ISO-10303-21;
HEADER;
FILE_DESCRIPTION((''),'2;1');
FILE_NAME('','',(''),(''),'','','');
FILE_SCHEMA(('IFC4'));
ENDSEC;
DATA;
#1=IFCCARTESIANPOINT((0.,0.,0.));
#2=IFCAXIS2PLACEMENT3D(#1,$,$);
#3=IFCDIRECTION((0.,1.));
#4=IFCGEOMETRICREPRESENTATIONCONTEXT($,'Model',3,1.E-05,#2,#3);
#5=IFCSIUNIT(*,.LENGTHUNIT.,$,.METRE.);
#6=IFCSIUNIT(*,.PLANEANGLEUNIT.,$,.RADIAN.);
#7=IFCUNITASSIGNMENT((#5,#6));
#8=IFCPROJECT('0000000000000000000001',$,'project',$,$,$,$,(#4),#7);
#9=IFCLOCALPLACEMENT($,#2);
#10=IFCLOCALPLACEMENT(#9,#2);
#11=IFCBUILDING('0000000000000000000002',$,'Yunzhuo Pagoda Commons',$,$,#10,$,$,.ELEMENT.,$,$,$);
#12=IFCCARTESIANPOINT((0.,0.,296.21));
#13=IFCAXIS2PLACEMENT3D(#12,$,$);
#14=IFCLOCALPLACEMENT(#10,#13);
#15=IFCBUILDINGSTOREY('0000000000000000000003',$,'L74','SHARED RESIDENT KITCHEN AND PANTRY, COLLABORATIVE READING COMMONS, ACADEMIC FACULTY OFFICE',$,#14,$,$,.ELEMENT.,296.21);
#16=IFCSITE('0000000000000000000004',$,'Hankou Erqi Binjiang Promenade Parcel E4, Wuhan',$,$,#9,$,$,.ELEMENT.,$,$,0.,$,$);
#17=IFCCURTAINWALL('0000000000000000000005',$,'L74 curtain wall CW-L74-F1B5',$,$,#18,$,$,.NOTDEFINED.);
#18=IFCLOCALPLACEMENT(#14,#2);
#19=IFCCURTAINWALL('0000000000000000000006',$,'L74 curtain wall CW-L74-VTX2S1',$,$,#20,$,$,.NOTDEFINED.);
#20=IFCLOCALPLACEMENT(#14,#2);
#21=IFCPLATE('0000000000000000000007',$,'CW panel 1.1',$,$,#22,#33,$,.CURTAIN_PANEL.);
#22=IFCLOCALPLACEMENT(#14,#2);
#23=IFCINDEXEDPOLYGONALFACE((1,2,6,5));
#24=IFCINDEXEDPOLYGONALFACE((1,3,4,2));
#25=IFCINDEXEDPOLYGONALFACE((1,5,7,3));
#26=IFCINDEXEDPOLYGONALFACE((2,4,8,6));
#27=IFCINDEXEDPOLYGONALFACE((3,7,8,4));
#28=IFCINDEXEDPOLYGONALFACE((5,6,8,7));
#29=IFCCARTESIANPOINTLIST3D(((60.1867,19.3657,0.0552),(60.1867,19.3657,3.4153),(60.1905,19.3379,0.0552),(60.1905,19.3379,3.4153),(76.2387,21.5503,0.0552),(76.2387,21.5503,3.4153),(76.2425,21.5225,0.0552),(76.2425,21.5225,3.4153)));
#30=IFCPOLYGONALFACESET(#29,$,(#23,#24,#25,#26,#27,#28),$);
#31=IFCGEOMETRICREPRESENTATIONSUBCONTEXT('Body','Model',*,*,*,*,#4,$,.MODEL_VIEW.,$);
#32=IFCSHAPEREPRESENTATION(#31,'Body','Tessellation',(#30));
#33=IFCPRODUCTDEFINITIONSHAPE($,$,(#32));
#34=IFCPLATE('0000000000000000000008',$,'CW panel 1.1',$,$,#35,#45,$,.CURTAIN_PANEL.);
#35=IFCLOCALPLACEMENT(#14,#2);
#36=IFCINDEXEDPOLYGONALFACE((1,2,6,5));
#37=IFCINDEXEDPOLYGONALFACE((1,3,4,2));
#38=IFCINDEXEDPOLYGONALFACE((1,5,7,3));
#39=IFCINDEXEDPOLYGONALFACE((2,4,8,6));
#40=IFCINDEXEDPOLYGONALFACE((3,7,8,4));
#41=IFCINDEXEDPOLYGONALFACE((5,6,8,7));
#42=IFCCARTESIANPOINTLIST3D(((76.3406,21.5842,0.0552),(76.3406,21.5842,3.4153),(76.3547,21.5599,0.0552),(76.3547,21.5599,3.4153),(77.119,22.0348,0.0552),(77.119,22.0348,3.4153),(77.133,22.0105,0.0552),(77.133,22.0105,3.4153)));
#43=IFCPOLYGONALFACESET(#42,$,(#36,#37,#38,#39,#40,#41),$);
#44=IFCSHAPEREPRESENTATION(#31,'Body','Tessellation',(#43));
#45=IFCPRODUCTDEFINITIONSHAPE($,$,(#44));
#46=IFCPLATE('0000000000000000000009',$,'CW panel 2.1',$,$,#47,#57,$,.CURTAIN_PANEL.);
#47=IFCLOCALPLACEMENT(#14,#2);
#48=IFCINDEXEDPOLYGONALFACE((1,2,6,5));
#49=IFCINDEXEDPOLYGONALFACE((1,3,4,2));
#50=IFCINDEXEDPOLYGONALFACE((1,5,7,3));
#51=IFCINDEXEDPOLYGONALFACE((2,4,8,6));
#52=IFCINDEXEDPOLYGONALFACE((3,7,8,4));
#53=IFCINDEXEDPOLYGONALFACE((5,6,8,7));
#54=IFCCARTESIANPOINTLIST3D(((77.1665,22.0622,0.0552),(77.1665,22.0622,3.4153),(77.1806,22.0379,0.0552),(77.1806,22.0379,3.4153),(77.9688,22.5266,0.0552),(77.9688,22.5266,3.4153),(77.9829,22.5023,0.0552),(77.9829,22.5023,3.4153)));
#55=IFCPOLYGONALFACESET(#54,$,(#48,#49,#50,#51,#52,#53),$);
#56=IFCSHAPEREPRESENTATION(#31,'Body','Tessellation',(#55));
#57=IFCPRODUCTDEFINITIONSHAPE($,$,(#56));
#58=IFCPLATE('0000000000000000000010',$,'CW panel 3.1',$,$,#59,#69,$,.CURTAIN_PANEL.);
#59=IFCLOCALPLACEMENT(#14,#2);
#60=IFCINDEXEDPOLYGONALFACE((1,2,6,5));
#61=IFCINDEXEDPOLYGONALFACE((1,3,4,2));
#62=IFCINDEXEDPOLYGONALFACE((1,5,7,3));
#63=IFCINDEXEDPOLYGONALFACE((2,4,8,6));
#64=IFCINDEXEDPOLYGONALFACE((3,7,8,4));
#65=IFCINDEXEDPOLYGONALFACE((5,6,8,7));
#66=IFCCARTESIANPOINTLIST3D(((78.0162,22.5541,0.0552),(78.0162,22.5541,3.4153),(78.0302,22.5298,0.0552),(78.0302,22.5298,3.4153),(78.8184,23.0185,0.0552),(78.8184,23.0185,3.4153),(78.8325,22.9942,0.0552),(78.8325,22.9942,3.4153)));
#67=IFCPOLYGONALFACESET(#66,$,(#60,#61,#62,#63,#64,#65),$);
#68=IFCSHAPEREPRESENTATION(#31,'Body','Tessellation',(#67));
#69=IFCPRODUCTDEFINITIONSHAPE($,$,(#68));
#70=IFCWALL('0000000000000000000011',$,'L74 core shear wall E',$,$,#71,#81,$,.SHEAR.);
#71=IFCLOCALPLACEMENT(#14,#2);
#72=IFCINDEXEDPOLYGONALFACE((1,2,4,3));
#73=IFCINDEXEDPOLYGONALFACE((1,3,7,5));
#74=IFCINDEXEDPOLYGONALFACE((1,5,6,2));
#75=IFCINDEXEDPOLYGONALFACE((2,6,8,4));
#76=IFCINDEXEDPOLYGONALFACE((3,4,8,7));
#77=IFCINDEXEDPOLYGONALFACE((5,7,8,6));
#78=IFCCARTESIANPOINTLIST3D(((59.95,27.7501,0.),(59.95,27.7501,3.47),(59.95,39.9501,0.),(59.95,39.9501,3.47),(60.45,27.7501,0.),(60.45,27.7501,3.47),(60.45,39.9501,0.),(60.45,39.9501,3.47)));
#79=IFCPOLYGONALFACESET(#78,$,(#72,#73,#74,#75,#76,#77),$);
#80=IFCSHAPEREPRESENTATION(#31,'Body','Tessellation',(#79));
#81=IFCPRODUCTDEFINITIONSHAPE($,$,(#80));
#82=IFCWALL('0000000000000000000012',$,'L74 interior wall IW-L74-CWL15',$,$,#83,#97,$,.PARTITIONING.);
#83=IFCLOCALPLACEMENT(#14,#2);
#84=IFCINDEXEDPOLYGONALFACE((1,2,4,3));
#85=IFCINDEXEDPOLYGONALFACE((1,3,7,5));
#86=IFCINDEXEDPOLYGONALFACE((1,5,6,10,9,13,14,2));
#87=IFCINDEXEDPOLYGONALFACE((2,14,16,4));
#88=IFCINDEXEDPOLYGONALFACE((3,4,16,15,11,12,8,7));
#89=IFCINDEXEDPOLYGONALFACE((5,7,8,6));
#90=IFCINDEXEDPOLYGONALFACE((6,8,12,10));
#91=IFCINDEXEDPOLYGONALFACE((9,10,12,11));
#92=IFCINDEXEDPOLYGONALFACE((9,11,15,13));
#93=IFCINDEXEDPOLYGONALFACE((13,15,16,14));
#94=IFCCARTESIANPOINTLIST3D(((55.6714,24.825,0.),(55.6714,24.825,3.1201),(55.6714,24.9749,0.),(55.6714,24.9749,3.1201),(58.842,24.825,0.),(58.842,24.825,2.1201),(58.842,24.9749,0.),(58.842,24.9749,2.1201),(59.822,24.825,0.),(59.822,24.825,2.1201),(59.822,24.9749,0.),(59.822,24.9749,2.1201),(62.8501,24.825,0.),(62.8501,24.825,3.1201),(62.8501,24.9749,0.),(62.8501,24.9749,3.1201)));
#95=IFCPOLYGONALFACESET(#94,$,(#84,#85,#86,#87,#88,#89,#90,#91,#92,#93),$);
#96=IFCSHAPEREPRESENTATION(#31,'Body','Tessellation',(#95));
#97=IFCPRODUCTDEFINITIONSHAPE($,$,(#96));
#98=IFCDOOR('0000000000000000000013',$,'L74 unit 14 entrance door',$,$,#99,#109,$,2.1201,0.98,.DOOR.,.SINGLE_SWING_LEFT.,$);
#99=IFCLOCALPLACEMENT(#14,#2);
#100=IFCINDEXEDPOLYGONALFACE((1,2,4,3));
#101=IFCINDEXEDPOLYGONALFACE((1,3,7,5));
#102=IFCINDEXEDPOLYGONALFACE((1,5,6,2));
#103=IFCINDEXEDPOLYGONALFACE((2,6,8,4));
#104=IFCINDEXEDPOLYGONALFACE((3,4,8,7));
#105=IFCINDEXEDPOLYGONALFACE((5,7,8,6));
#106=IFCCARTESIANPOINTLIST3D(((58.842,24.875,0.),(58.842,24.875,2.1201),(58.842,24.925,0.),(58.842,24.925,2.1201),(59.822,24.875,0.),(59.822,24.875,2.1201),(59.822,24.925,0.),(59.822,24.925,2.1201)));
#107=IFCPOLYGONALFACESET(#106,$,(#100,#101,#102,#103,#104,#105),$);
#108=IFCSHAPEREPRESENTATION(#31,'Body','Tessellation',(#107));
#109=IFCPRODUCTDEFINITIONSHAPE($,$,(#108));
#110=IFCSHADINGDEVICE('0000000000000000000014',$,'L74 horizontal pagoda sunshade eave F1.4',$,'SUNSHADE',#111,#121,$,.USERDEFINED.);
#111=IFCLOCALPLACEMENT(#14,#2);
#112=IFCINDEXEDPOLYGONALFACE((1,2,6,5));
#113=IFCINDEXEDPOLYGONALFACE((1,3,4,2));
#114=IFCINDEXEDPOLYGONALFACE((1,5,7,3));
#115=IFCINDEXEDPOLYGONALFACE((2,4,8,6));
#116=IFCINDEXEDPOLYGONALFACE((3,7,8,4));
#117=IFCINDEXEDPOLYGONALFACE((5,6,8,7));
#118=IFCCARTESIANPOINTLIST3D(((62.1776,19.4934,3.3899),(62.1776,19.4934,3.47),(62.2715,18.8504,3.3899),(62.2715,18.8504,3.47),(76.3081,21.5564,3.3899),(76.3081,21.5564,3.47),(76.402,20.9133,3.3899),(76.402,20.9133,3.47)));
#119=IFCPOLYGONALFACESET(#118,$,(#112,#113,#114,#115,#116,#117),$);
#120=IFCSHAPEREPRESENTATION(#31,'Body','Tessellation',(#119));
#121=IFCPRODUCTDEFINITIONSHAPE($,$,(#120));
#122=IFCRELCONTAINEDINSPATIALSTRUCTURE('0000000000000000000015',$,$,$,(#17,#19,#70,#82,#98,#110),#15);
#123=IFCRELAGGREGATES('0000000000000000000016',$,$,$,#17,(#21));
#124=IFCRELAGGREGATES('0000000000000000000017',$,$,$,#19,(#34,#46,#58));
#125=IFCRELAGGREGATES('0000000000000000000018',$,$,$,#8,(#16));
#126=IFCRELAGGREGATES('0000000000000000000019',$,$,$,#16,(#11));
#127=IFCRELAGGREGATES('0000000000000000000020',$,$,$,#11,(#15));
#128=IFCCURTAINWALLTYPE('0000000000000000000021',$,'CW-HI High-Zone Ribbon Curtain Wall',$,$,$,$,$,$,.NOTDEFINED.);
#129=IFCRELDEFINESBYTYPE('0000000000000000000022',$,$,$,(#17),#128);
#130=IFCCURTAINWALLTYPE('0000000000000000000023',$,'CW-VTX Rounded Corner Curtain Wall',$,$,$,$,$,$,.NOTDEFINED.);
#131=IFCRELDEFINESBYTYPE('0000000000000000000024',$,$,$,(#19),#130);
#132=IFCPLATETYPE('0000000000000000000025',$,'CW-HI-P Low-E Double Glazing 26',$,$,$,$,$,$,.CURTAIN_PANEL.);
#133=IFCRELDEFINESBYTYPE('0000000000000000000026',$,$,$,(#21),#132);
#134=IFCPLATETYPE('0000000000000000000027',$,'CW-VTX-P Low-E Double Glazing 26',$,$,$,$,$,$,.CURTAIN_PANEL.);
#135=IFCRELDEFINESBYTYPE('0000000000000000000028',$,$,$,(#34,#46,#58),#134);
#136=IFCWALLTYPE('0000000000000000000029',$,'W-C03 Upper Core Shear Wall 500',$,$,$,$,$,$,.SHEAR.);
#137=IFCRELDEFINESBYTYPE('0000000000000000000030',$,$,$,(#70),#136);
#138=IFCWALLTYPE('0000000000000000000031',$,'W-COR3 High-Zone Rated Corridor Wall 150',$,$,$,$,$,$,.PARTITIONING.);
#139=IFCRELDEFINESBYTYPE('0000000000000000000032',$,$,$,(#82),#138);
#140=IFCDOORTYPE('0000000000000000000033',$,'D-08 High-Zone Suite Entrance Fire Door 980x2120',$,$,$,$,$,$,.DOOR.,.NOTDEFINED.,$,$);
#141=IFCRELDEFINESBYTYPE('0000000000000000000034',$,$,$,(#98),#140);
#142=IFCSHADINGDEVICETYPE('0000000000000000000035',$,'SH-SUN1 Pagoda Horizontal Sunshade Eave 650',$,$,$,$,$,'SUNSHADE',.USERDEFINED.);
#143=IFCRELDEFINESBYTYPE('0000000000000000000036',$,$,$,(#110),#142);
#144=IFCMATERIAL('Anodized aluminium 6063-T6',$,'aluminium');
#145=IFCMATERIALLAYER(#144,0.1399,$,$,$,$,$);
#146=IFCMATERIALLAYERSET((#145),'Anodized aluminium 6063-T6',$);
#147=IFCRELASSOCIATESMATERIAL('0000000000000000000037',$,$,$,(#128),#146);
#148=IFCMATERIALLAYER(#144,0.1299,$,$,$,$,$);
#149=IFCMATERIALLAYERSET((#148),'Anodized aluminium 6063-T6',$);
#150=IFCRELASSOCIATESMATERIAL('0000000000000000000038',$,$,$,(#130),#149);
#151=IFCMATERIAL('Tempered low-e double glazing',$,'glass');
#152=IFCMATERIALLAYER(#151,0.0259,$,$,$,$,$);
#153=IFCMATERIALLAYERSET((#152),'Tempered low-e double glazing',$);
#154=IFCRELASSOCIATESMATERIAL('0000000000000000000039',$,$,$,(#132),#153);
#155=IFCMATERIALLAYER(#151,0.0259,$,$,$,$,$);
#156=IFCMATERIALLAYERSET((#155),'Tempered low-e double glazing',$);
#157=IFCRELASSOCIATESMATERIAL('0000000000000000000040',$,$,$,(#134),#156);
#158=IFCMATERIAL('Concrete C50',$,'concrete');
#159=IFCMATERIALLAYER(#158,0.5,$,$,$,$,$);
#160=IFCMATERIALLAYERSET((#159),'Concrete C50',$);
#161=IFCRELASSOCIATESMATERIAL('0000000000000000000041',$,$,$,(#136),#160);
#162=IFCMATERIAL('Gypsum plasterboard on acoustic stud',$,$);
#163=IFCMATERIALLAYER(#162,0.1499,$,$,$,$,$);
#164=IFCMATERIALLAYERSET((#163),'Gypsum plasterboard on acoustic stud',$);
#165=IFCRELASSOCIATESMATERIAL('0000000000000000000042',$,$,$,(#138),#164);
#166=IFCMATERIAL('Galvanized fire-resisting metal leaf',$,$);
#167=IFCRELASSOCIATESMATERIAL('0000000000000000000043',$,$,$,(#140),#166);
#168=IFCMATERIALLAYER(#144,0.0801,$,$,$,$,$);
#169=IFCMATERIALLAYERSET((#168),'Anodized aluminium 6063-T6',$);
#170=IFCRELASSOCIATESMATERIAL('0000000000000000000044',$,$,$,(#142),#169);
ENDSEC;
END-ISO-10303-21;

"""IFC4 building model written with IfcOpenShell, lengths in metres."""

from ifc_helpers import new_model, si_unit, direction, frame, frame_2d, origin, origin_with_axes, origin_2d, place, context, subcontext, project, spatial, rectangle, extrude, source, transform, mapped, material, layer, layer_set, type_object, element, fill, aggregate, save


model = new_model("IFC4")

# Units and contexts
model_context = context("Model", 3, precision=1e-05, world=origin(), true_north=direction((0.0, 1.0)))
body_context = subcontext(model_context, "Body", "Model", "MODEL_VIEW")
ifc_project = project(units=[si_unit("LENGTHUNIT", "METRE"), si_unit("PLANEANGLEUNIT", "RADIAN")], contexts=[model_context])

# Site, building, storey
site_placement = place(None, origin())
site = spatial("IfcSite", under=ifc_project, at=site_placement, Name="Hankou Erqi Binjiang Promenade Parcel E4, Wuhan", CompositionType="ELEMENT", RefElevation=0.0)
building_placement = place(site_placement, origin())
building = spatial("IfcBuilding", under=site, at=building_placement, Name="Yunzhuo Pagoda Commons", CompositionType="ELEMENT")
storey_placement = place(building_placement, frame((0.0, 0.0, 296.21)))
storey = spatial("IfcBuildingStorey", under=building, at=storey_placement, Name="L74", Description="SHARED RESIDENT KITCHEN AND PANTRY, COLLABORATIVE READING COMMONS, ACADEMIC FACULTY OFFICE", CompositionType="ELEMENT", Elevation=296.21)

# Shared definitions
ifc_material_1 = material(Name="Anodized aluminium 6063-T6", Category="aluminium")
ifc_layer_1 = layer(ifc_material_1, 0.1399)
ifc_layer_set_1 = layer_set([ifc_layer_1], Name="Anodized aluminium 6063-T6")
curtain_wall_type_1 = type_object("IfcCurtainWallType", Name="CW-HI High-Zone Ribbon Curtain Wall", PredefinedType="NOTDEFINED", material=ifc_layer_set_1)

# Curtain walls
curtain_wall_1_placement = place(storey_placement, origin())
curtain_wall_1 = element("IfcCurtainWall", 1, at=curtain_wall_1_placement, inside=storey, type_object=curtain_wall_type_1, Name="L74 curtain wall CW-L74-F1B5", PredefinedType="NOTDEFINED")
ifc_layer_2 = layer(ifc_material_1, 0.1299)
ifc_layer_set_2 = layer_set([ifc_layer_2], Name="Anodized aluminium 6063-T6")
curtain_wall_type_2 = type_object("IfcCurtainWallType", Name="CW-VTX Rounded Corner Curtain Wall", PredefinedType="NOTDEFINED", material=ifc_layer_set_2)
curtain_wall_2_placement = place(storey_placement, origin())
curtain_wall_2 = element("IfcCurtainWall", 2, at=curtain_wall_2_placement, inside=storey, type_object=curtain_wall_type_2, Name="L74 curtain wall CW-L74-VTX2S1", PredefinedType="NOTDEFINED")

# Plates
ifc_material_2 = material(Name="Tempered low-e double glazing", Category="glass")
ifc_layer_3 = layer(ifc_material_2, 0.0259)
ifc_layer_set_3 = layer_set([ifc_layer_3], Name="Tempered low-e double glazing")
plate_type_1 = type_object("IfcPlateType", Name="CW-HI-P Low-E Double Glazing 26", PredefinedType="CURTAIN_PANEL", material=ifc_layer_set_3)
shared_shape_1 = source(origin(), body_context, "Body", "SweptSolid", [
    extrude(rectangle(XDim=16.2, YDim=0.0281, at=origin_2d()), origin(), (0.0, 0.0, 1.0), 3.3601),
])
plate_1_placement = place(storey_placement, frame((68.2146, 20.4441, 0.0552), z_axis=(0.0, 0.0, 1.0), x_axis=(0.990865, 0.134854, 0.0)))
plate_1 = element("IfcPlate", 3, at=plate_1_placement, type_object=plate_type_1, Name="CW panel 1.1", PredefinedType="CURTAIN_PANEL", context=body_context, shape_type="MappedRepresentation", body=[
    mapped(shared_shape_1, transform((0.0, 0.0, 0.0), scale=1.0)),
])
aggregate(curtain_wall_1, [plate_1])
ifc_layer_4 = layer(ifc_material_2, 0.0259)
ifc_layer_set_4 = layer_set([ifc_layer_4], Name="Tempered low-e double glazing")
plate_type_2 = type_object("IfcPlateType", Name="CW-VTX-P Low-E Double Glazing 26", PredefinedType="CURTAIN_PANEL", material=ifc_layer_set_4)
shared_shape_2 = source(origin(), body_context, "Body", "SweptSolid", [
    extrude(rectangle(XDim=0.8994, YDim=0.0281, at=origin_2d()), origin(), (0.0, 0.0, 1.0), 3.3601),
])
plate_2_placement = place(storey_placement, frame((76.7368, 21.7974, 0.0552), z_axis=(0.0, 0.0, 1.0), x_axis=(0.865437, 0.501017, 0.0)))
plate_2 = element("IfcPlate", 4, at=plate_2_placement, type_object=plate_type_2, Name="CW panel 1.1", PredefinedType="CURTAIN_PANEL", context=body_context, shape_type="MappedRepresentation", body=[
    mapped(shared_shape_2, transform((0.0, 0.0, 0.0), scale=1.0)),
])
shared_shape_3 = source(origin(), body_context, "Body", "SweptSolid", [
    extrude(rectangle(XDim=0.927, YDim=0.0281, at=origin_2d()), origin(), (0.0, 0.0, 1.0), 3.3601),
])
plate_3_placement = place(storey_placement, frame((77.5747, 22.2822, 0.0552), z_axis=(0.0, 0.0, 1.0), x_axis=(0.865437, 0.501017, 0.0)))
plate_3 = element("IfcPlate", 5, at=plate_3_placement, type_object=plate_type_2, Name="CW panel 2.1", PredefinedType="CURTAIN_PANEL", context=body_context, shape_type="MappedRepresentation", body=[
    mapped(shared_shape_3, transform((0.0, 0.0, 0.0), scale=1.0)),
])
plate_4_placement = place(storey_placement, frame((78.4243, 22.7742, 0.0552), z_axis=(0.0, 0.0, 1.0), x_axis=(0.865437, 0.501017, 0.0)))
plate_4 = element("IfcPlate", 6, at=plate_4_placement, type_object=plate_type_2, Name="CW panel 3.1", PredefinedType="CURTAIN_PANEL", context=body_context, shape_type="MappedRepresentation", body=[
    mapped(shared_shape_3, transform((0.0, 0.0, 0.0), scale=1.0)),
])
aggregate(curtain_wall_2, [plate_2, plate_3, plate_4])

# Wall
ifc_material_3 = material(Name="Concrete C50", Category="concrete")
ifc_layer_5 = layer(ifc_material_3, 0.5)
ifc_layer_set_5 = layer_set([ifc_layer_5], Name="Concrete C50")
wall_type_1 = type_object("IfcWallType", Name="W-C03 Upper Core Shear Wall 500", PredefinedType="SHEAR", material=ifc_layer_set_5)
wall_1_placement = place(storey_placement, frame((60.2, 27.75, 0.0), z_axis=(0.0, 0.0, 1.0), x_axis=(0.0, 1.0, 0.0)))
element("IfcWall", 7, at=wall_1_placement, inside=storey, type_object=wall_type_1, Name="L74 core shear wall E", PredefinedType="SHEAR", context=body_context, shape_type="SweptSolid", body=[
    extrude(rectangle(XDim=12.2, YDim=0.5, at=frame_2d((6.1001, 0.0))), origin(), (0.0, 0.0, 1.0), 3.47),
])

# Wall, opening, door
ifc_material_4 = material(Name="Gypsum plasterboard on acoustic stud")
ifc_layer_6 = layer(ifc_material_4, 0.1499)
ifc_layer_set_6 = layer_set([ifc_layer_6], Name="Gypsum plasterboard on acoustic stud")
wall_type_2 = type_object("IfcWallType", Name="W-COR3 High-Zone Rated Corridor Wall 150", PredefinedType="PARTITIONING", material=ifc_layer_set_6)
wall_2_placement = place(storey_placement, frame((62.8501, 24.8999, 0.0), z_axis=(0.0, 0.0, 1.0), x_axis=(-1.0, 0.0, 0.0)))
wall_2 = element("IfcWall", 8, at=wall_2_placement, inside=storey, type_object=wall_type_2, Name="L74 interior wall IW-L74-CWL15", PredefinedType="PARTITIONING", context=body_context, shape_type="SweptSolid", body=[
    extrude(rectangle(XDim=7.1787, YDim=0.1499, at=frame_2d((3.5894, 0.0))), origin(), (0.0, 0.0, 1.0), 3.1201),
])
opening_placement = place(wall_2_placement, frame((3.0281, 0.0, 0.0)))
opening = element("IfcOpeningElement", 9, at=opening_placement, cuts=wall_2, PredefinedType="OPENING", context=body_context, shape_type="SweptSolid", body=[
    extrude(rectangle(XDim=0.98, YDim=2.1201, at=frame_2d((0.49, 1.0601))), frame((0.0, 0.085, 0.0), z_axis=(0.0, -1.0, 0.0), x_axis=(1.0, 0.0, 0.0)), (0.0, 0.0, 1.0), 0.1699),
])
ifc_material_5 = material(Name="Galvanized fire-resisting metal leaf")
door_type = type_object("IfcDoorType", Name="D-08 High-Zone Suite Entrance Fire Door 980x2120", OperationType="NOTDEFINED", PredefinedType="DOOR", material=ifc_material_5)
shared_shape_4 = source(origin(), body_context, "Body", "SweptSolid", [
    extrude(rectangle(XDim=0.98, YDim=2.1201, at=frame_2d((0.49, 1.0601))), frame((0.0, 0.0249, 0.0), z_axis=(0.0, -1.0, 0.0), x_axis=(1.0, 0.0, 0.0)), (0.0, 0.0, 1.0), 0.05),
])
door_placement = place(opening_placement, origin_with_axes())
door = element("IfcDoor", 10, at=door_placement, inside=storey, type_object=door_type, Name="L74 unit 14 entrance door", OperationType="SINGLE_SWING_LEFT", OverallHeight=2.1201, OverallWidth=0.98, PredefinedType="DOOR", context=body_context, shape_type="MappedRepresentation", body=[
    mapped(shared_shape_4, transform((0.0, 0.0, 0.0), scale=1.0)),
])
fill(opening, door)

# Shading device
ifc_layer_7 = layer(ifc_material_1, 0.0801)
ifc_layer_set_7 = layer_set([ifc_layer_7], Name="Anodized aluminium 6063-T6")
shading_device_type = type_object("IfcShadingDeviceType", Name="SH-SUN1 Pagoda Horizontal Sunshade Eave 650", ElementType="SUNSHADE", PredefinedType="USERDEFINED", material=ifc_layer_set_7)
shared_shape_5 = source(origin(), body_context, "Body", "SweptSolid", [
    extrude(rectangle(XDim=14.2803, YDim=0.6499, at=origin_2d()), origin(), (0.0, 0.0, 1.0), 0.0801),
])
shading_device_placement = place(storey_placement, frame((69.2898, 20.2034, 3.3899), z_axis=(0.0, 0.0, 1.0), x_axis=(0.989511, 0.14446, 0.0)))
element("IfcShadingDevice", 11, at=shading_device_placement, inside=storey, type_object=shading_device_type, Name="L74 horizontal pagoda sunshade eave F1.4", ObjectType="SUNSHADE", PredefinedType="USERDEFINED", context=body_context, shape_type="MappedRepresentation", body=[
    mapped(shared_shape_5, transform((0.0, 0.0, 0.0), scale=1.0)),
])

save(model, "model.ifc")
